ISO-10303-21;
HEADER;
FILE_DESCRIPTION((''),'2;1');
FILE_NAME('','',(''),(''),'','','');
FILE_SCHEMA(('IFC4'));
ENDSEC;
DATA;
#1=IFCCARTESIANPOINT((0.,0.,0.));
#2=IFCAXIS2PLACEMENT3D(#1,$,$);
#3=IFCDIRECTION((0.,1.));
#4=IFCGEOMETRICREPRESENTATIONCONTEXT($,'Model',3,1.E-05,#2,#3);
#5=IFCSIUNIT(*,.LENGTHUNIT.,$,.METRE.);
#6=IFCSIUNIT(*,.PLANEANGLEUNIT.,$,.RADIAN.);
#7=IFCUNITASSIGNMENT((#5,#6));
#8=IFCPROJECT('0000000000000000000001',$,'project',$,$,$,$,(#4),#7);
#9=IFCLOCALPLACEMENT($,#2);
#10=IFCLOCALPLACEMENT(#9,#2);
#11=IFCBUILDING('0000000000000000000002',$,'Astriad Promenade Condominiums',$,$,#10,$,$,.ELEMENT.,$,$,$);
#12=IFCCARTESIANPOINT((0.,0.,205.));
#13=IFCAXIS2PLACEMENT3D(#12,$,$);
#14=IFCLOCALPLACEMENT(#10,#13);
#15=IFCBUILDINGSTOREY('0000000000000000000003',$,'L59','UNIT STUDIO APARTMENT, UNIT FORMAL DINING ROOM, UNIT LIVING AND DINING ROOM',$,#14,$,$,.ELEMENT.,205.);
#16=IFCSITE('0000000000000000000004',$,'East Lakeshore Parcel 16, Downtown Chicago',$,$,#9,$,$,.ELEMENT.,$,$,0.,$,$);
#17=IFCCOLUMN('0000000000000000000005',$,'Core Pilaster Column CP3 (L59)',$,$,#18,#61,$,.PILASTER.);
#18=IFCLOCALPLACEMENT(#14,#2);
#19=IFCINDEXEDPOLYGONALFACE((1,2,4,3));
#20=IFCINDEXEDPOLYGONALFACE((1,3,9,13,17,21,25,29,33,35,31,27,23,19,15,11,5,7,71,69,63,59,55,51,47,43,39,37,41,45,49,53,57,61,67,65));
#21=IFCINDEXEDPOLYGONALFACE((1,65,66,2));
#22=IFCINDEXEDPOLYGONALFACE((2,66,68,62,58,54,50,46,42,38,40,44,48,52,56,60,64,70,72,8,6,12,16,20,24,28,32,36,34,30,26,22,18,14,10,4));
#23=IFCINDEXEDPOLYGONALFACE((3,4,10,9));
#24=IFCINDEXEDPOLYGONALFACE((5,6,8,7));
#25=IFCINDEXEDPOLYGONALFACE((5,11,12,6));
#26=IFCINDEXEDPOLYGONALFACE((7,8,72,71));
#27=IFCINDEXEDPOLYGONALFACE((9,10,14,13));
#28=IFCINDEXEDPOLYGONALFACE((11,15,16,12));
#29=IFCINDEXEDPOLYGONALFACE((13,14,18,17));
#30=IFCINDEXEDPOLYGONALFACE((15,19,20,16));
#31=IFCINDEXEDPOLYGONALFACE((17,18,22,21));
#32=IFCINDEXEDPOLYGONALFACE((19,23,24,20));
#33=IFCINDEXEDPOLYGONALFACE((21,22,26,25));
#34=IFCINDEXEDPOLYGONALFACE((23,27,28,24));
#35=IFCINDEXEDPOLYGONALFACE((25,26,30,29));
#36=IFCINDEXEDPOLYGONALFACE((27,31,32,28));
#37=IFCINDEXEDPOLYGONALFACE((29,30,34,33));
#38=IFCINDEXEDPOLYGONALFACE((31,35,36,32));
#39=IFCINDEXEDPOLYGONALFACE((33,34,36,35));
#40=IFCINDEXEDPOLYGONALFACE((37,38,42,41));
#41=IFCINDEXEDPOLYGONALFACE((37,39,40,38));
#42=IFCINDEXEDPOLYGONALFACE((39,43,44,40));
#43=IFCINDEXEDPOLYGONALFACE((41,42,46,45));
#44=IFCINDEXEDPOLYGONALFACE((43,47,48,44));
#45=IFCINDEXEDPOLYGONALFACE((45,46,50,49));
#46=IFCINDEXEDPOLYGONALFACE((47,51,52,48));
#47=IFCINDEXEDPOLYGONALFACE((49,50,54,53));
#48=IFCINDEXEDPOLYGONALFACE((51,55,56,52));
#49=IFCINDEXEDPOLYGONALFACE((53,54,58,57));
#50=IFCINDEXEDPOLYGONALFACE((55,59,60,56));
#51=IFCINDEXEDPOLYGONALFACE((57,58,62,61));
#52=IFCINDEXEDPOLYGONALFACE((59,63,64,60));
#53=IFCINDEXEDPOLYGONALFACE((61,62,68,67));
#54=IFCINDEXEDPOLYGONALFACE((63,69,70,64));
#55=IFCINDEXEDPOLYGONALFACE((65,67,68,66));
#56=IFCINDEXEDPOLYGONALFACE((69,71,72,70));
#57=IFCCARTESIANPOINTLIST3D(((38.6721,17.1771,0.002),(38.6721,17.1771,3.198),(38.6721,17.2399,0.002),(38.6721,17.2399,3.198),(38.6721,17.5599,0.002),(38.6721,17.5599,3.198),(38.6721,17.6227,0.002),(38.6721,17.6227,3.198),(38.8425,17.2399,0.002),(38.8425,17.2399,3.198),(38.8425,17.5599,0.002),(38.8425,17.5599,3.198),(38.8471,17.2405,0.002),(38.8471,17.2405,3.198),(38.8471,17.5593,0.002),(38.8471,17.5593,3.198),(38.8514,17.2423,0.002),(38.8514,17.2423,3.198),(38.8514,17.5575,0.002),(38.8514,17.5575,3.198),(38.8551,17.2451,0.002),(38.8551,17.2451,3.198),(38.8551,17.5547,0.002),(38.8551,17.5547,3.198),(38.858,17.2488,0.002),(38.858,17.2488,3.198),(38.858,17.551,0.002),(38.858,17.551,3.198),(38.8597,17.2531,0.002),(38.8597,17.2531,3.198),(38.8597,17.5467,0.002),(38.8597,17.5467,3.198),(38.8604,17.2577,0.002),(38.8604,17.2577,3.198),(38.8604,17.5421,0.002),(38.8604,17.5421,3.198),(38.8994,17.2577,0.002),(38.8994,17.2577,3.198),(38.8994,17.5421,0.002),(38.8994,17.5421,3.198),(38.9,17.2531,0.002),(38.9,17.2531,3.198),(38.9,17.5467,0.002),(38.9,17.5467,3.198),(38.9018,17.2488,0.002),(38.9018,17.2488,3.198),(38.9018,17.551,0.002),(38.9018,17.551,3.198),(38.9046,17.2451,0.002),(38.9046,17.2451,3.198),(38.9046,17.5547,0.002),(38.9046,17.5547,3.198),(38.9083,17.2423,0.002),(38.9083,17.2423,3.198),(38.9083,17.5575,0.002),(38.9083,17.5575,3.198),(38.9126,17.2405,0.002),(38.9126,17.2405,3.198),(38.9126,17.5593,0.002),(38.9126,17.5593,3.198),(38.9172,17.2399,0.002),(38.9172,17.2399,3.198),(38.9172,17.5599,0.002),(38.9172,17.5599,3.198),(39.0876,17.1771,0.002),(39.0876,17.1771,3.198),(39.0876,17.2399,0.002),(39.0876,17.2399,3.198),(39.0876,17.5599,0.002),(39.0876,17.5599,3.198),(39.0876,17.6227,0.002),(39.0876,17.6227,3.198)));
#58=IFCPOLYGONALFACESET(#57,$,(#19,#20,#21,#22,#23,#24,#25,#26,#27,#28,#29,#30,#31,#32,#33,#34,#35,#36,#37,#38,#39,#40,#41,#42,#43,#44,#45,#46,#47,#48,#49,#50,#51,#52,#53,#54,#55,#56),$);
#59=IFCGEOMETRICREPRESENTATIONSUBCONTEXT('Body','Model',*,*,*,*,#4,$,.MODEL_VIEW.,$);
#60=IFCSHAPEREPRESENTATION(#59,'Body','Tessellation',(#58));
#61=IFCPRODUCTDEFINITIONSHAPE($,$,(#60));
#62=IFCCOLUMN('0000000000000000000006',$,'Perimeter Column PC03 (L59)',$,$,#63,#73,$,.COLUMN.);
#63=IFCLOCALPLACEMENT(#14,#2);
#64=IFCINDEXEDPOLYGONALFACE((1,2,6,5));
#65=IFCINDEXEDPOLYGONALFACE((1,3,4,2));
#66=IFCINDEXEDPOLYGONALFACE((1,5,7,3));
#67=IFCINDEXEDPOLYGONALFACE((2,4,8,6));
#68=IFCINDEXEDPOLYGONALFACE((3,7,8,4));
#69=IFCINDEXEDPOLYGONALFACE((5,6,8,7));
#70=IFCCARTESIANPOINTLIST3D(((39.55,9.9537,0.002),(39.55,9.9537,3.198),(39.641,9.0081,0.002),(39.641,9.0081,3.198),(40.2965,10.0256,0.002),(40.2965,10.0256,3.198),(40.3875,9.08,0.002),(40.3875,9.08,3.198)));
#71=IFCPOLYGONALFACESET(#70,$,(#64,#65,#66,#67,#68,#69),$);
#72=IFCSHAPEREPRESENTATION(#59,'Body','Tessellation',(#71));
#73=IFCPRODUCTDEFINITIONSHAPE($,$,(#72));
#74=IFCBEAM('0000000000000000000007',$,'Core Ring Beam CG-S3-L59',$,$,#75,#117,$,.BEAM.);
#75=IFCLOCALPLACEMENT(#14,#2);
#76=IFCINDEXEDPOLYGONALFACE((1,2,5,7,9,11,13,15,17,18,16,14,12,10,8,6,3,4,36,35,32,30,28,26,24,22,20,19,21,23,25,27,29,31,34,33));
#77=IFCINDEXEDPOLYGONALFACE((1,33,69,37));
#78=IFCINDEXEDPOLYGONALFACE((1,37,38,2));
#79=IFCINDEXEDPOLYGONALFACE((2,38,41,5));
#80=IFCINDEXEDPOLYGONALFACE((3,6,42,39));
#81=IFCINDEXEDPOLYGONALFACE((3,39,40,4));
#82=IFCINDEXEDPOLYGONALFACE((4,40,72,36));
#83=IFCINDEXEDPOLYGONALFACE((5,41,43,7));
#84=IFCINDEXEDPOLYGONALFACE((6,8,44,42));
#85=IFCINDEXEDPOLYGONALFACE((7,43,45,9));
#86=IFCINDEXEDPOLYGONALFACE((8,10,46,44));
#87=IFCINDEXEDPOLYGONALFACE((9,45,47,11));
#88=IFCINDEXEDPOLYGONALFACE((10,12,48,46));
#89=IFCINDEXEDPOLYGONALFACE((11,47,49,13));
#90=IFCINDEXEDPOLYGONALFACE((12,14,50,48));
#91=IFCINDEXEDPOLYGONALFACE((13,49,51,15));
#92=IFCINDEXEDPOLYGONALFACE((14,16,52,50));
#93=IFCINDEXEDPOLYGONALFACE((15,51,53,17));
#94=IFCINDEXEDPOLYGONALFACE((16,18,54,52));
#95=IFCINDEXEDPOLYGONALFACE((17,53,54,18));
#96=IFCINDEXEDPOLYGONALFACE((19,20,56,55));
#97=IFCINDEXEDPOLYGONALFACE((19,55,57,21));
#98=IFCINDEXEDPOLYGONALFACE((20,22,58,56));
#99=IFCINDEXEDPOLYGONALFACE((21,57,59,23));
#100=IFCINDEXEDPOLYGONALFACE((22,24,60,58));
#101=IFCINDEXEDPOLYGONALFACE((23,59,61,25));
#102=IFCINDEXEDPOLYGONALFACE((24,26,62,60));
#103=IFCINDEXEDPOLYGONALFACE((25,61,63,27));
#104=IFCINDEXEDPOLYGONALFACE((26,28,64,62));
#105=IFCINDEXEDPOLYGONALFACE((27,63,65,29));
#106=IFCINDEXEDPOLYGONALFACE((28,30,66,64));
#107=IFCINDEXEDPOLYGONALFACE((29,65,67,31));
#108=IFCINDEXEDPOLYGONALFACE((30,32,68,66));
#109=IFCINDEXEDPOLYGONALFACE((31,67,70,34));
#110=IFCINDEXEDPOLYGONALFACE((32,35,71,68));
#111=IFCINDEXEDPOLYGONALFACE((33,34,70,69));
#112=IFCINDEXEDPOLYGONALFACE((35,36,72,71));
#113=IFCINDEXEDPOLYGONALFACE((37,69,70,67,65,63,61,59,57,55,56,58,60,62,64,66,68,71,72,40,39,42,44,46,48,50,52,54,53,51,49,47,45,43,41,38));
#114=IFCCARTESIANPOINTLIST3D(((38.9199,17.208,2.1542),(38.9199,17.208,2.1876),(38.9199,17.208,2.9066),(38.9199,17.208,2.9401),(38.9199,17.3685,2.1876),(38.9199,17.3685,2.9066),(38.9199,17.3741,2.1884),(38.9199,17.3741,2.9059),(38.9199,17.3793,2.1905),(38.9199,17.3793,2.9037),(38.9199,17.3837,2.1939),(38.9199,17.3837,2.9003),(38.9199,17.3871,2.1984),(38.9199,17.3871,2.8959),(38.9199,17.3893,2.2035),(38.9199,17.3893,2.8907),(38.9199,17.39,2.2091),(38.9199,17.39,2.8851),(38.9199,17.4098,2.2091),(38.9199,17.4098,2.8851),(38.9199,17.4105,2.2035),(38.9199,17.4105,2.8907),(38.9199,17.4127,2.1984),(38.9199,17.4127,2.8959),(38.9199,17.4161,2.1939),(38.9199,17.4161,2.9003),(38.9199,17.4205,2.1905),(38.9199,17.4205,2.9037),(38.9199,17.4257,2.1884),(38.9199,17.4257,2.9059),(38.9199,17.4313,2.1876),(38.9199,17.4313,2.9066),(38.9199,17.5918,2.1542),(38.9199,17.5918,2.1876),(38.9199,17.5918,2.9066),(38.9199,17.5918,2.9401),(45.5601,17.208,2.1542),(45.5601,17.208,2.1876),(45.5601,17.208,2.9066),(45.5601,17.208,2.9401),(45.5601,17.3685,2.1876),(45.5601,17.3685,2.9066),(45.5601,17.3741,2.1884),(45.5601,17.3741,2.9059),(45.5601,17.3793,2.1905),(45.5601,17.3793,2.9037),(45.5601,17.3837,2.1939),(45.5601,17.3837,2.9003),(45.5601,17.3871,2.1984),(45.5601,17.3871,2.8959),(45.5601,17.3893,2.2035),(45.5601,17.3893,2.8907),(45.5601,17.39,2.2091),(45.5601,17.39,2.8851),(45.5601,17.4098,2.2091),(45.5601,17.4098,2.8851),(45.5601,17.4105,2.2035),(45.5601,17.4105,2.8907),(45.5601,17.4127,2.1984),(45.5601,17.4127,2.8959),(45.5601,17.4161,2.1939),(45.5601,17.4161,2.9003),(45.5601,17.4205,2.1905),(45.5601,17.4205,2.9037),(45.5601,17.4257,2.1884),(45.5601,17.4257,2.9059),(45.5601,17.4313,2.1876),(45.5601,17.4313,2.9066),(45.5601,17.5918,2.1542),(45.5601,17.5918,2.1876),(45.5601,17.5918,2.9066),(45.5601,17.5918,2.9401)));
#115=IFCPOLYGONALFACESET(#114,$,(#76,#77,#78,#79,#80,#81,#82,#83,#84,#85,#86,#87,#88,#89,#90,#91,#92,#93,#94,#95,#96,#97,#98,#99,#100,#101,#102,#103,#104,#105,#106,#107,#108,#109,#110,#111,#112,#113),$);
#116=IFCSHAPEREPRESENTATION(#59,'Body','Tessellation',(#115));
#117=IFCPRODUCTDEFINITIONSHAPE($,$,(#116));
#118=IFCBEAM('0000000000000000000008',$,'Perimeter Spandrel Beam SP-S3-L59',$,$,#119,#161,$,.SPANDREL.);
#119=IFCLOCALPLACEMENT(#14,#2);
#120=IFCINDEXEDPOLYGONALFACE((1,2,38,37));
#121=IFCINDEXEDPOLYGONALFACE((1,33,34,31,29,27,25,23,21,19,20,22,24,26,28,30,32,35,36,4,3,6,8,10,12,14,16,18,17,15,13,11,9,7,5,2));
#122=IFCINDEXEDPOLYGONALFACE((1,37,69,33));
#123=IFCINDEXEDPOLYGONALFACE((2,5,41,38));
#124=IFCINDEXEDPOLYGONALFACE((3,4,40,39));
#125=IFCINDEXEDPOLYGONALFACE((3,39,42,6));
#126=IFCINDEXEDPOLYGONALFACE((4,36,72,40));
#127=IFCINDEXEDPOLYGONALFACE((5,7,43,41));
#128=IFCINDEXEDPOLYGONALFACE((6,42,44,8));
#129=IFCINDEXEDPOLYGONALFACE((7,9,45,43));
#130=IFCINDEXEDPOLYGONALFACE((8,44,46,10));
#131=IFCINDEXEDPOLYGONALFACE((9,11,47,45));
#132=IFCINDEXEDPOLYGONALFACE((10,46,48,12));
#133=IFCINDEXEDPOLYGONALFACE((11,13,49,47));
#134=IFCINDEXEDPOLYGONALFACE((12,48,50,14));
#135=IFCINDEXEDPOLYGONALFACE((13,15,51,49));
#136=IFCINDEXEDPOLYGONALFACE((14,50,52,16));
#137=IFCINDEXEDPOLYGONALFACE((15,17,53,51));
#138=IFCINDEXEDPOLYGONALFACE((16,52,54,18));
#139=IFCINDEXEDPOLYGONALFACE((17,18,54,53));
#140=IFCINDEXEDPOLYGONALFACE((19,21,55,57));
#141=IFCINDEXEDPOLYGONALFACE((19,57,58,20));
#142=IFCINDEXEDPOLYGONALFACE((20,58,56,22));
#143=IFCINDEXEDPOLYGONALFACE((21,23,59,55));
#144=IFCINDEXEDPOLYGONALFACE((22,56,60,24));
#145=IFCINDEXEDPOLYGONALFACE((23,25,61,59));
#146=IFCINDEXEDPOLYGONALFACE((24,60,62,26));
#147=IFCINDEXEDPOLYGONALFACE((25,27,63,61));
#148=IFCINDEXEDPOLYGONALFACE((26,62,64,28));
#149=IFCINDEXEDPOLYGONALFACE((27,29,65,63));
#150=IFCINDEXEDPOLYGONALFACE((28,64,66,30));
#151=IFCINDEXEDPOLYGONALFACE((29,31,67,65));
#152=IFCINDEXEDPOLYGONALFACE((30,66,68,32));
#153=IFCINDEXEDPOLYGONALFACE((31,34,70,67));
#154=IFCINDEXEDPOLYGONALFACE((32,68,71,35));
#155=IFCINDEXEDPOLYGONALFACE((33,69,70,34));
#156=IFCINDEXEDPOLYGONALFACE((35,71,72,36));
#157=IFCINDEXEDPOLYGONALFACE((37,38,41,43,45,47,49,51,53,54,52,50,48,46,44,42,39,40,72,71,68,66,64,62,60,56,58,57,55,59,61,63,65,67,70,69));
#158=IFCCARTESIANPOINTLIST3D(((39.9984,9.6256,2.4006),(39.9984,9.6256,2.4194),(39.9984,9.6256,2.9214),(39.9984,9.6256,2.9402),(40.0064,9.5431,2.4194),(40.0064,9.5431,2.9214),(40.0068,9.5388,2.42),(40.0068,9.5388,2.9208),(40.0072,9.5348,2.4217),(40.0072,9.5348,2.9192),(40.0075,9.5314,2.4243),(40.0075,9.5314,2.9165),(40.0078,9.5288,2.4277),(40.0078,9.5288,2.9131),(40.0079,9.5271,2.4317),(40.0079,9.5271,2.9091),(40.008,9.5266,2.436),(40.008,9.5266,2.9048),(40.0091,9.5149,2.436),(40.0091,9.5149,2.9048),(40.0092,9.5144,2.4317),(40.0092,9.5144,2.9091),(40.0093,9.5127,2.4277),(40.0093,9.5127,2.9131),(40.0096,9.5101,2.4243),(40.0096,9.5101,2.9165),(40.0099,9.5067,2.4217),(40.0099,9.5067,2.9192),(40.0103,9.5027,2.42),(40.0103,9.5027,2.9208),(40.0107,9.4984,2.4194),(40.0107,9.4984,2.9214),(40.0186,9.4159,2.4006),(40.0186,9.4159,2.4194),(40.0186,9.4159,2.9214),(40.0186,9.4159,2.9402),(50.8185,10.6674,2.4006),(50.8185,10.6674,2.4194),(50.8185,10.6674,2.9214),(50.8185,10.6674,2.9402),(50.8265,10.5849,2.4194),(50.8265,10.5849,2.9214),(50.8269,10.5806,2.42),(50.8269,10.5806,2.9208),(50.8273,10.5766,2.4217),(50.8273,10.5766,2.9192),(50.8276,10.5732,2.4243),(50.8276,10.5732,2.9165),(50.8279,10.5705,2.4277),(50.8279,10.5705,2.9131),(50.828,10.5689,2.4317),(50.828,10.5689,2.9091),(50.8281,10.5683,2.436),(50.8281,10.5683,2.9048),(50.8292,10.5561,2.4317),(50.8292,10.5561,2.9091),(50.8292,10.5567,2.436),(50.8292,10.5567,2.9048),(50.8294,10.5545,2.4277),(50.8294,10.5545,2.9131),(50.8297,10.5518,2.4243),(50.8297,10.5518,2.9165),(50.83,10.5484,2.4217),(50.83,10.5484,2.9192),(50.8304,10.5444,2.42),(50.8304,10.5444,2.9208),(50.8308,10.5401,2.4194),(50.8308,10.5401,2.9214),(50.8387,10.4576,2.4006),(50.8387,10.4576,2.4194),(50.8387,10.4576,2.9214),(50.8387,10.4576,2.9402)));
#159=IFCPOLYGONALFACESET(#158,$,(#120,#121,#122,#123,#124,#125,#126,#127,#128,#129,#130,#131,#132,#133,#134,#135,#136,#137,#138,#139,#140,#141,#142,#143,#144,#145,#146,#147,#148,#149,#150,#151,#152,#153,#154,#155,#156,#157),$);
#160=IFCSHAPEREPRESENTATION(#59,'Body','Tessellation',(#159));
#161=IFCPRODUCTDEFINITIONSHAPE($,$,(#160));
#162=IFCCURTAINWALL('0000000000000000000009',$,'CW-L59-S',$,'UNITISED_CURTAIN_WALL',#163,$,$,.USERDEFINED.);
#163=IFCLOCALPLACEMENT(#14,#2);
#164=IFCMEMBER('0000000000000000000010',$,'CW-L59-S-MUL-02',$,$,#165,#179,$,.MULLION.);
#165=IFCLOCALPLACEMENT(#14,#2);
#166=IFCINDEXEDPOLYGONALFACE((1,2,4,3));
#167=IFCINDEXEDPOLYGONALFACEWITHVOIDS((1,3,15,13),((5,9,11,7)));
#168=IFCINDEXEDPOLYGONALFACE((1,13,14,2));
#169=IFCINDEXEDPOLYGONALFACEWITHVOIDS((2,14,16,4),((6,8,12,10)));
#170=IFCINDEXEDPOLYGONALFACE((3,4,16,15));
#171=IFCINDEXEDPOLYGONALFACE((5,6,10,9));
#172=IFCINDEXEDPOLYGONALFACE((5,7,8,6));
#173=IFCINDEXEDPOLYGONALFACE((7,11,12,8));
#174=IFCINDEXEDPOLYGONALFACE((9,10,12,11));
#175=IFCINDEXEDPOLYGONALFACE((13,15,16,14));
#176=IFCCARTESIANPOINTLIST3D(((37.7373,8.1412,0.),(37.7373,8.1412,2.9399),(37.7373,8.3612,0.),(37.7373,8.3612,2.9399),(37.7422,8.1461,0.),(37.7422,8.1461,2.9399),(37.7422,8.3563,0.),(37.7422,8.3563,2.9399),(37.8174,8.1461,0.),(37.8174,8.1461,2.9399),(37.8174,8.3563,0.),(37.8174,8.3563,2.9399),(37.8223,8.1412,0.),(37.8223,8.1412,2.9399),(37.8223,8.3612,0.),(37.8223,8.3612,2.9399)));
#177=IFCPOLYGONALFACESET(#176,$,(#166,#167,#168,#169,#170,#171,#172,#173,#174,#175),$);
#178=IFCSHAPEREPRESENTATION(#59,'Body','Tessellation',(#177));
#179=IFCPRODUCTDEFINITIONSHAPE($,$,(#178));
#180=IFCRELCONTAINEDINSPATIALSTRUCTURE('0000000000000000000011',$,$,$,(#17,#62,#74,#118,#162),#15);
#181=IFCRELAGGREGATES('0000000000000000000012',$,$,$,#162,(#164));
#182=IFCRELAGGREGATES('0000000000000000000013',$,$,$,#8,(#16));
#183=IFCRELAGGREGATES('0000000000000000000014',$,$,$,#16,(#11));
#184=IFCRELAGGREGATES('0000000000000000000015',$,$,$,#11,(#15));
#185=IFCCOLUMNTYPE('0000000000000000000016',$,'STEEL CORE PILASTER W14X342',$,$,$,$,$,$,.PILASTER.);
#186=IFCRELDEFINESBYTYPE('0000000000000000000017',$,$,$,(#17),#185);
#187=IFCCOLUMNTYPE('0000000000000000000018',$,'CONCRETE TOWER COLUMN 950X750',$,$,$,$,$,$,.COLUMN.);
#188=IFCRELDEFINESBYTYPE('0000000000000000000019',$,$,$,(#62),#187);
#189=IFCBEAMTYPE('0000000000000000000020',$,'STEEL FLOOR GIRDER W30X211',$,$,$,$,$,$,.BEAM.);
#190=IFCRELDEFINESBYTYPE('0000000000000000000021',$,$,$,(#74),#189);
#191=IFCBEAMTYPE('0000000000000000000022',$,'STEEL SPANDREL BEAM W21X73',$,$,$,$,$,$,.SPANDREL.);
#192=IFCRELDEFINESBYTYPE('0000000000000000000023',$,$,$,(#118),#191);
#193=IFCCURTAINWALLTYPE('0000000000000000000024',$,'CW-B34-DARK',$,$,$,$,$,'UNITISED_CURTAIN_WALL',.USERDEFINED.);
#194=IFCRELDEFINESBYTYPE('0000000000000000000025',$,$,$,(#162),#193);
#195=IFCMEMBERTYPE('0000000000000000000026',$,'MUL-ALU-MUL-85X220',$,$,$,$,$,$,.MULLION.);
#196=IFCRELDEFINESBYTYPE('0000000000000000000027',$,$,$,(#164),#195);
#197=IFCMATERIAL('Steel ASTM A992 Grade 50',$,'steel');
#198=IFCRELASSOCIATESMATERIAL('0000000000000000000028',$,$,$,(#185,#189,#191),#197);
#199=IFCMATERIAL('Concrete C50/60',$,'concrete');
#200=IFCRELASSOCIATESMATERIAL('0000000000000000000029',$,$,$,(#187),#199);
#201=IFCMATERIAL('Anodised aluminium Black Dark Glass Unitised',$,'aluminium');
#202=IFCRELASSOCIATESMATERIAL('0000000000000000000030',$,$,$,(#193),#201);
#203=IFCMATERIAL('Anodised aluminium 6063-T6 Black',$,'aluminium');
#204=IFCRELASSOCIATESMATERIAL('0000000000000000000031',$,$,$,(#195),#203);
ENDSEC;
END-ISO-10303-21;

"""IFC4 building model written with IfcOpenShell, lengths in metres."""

from ifc_helpers import new_model, si_unit, direction, frame, origin, origin_2d, place, context, subcontext, project, spatial, rectangle, hollow_rectangle, i_section, extrude, source, transform, mapped, material, material_profile, profile_set, type_object, type_shapes, element, aggregate, save


model = new_model("IFC4")

# Units and contexts
model_context = context("Model", 3, precision=1e-05, world=origin(), true_north=direction((0.0, 1.0)))
body_context = subcontext(model_context, "Body", "Model", "MODEL_VIEW")
ifc_project = project(units=[si_unit("LENGTHUNIT", "METRE"), si_unit("PLANEANGLEUNIT", "RADIAN")], contexts=[model_context])

# Site, building, storey
site_placement = place(None, origin())
site = spatial("IfcSite", under=ifc_project, at=site_placement, Name="East Lakeshore Parcel 16, Downtown Chicago", CompositionType="ELEMENT", RefElevation=0.0)
building_placement = place(site_placement, origin())
building = spatial("IfcBuilding", under=site, at=building_placement, Name="Astriad Promenade Condominiums", CompositionType="ELEMENT")
storey_placement = place(building_placement, frame((0.0, 0.0, 205.0)))
storey = spatial("IfcBuildingStorey", under=building, at=storey_placement, Name="L59", Description="UNIT STUDIO APARTMENT, UNIT FORMAL DINING ROOM, UNIT LIVING AND DINING ROOM", CompositionType="ELEMENT", Elevation=205.0)

# Columns
ifc_material_1 = material(Name="Steel ASTM A992 Grade 50", Category="steel")
ifc_material_profile_1 = material_profile(ifc_material_1, i_section(OverallWidth=0.4155, OverallDepth=0.4456, WebThickness=0.0391, FlangeThickness=0.0627, FilletRadius=0.0178, at=origin_2d()), Name="W14X342")
ifc_profile_set_1 = profile_set([ifc_material_profile_1], Name="Steel ASTM A992 Grade 50")
column_type_1 = type_object("IfcColumnType", Name="STEEL CORE PILASTER W14X342", PredefinedType="PILASTER", material=ifc_profile_set_1)
shared_shape_1 = source(origin(), body_context, "Body", "SweptSolid", [
    extrude(i_section(OverallWidth=0.4155, OverallDepth=0.4456, WebThickness=0.0391, FlangeThickness=0.0627, FilletRadius=0.0178, at=origin_2d()), origin(), (0.0, 0.0, 1.0), 3.196),
])
type_shapes(column_type_1, [shared_shape_1])
column_1_placement = place(storey_placement, frame((38.8799, 17.3999, 0.002), z_axis=(0.0, 0.0, 1.0), x_axis=(1.0, 0.0, 0.0)))
element("IfcColumn", 1, at=column_1_placement, inside=storey, type_object=column_type_1, Name="Core Pilaster Column CP3 (L59)", PredefinedType="PILASTER", context=body_context, shape_type="MappedRepresentation", body=[
    mapped(shared_shape_1, transform((0.0, 0.0, 0.0), scale=1.0)),
])
ifc_material_2 = material(Name="Concrete C50/60", Category="concrete")
ifc_material_profile_2 = material_profile(ifc_material_2, rectangle(XDim=0.75, YDim=0.95, at=origin_2d()), Name="RC-COL-950X750")
ifc_profile_set_2 = profile_set([ifc_material_profile_2], Name="Concrete C50/60")
column_type_2 = type_object("IfcColumnType", Name="CONCRETE TOWER COLUMN 950X750", PredefinedType="COLUMN", material=ifc_profile_set_2)
shared_shape_2 = source(origin(), body_context, "Body", "SweptSolid", [
    extrude(rectangle(XDim=0.75, YDim=0.95, at=origin_2d()), origin(), (0.0, 0.0, 1.0), 3.196),
])
type_shapes(column_type_2, [shared_shape_2])
column_2_placement = place(storey_placement, frame((39.9688, 9.5168, 0.002), z_axis=(0.0, 0.0, 1.0), x_axis=(0.995396, 0.095846, 0.0)))
element("IfcColumn", 2, at=column_2_placement, inside=storey, type_object=column_type_2, Name="Perimeter Column PC03 (L59)", PredefinedType="COLUMN", context=body_context, shape_type="MappedRepresentation", body=[
    mapped(shared_shape_2, transform((0.0, 0.0, 0.0), scale=1.0)),
])

# Beams
ifc_material_profile_3 = material_profile(ifc_material_1, i_section(OverallWidth=0.3838, OverallDepth=0.7859, WebThickness=0.0198, FlangeThickness=0.0334, FilletRadius=0.0215, at=origin_2d()), Name="W30X211")
ifc_profile_set_3 = profile_set([ifc_material_profile_3], Name="Steel ASTM A992 Grade 50")
beam_type_1 = type_object("IfcBeamType", Name="STEEL FLOOR GIRDER W30X211", PredefinedType="BEAM", material=ifc_profile_set_3)
shared_shape_3 = source(origin(), body_context, "Body", "SweptSolid", [
    extrude(i_section(OverallWidth=0.3838, OverallDepth=0.7859, WebThickness=0.0198, FlangeThickness=0.0334, FilletRadius=0.0215, at=origin_2d()), origin(), (0.0, 0.0, 1.0), 6.6401),
])
type_shapes(beam_type_1, [shared_shape_3])
beam_1_placement = place(storey_placement, frame((38.9199, 17.3999, 2.5471), z_axis=(1.0, 0.0, 0.0), x_axis=(0.0, 1.0, 0.0)))
element("IfcBeam", 3, at=beam_1_placement, inside=storey, type_object=beam_type_1, Name="Core Ring Beam CG-S3-L59", PredefinedType="BEAM", context=body_context, shape_type="MappedRepresentation", body=[
    mapped(shared_shape_3, transform((0.0, 0.0, 0.0), scale=1.0)),
])
ifc_material_profile_4 = material_profile(ifc_material_1, i_section(OverallWidth=0.2107, OverallDepth=0.5396, WebThickness=0.0117, FlangeThickness=0.0188, FilletRadius=0.0166, at=origin_2d()), Name="W21X73")
ifc_profile_set_4 = profile_set([ifc_material_profile_4], Name="Steel ASTM A992 Grade 50")
beam_type_2 = type_object("IfcBeamType", Name="STEEL SPANDREL BEAM W21X73", PredefinedType="SPANDREL", material=ifc_profile_set_4)
shared_shape_4 = source(origin(), body_context, "Body", "SweptSolid", [
    extrude(i_section(OverallWidth=0.2107, OverallDepth=0.5396, WebThickness=0.0117, FlangeThickness=0.0188, FilletRadius=0.0166, at=origin_2d()), origin(), (0.0, 0.0, 1.0), 10.8701),
])
type_shapes(beam_type_2, [shared_shape_4])
beam_2_placement = place(storey_placement, frame((40.0085, 9.5208, 2.6704), z_axis=(0.995397, 0.095836, 0.0), x_axis=(-0.095836, 0.995397, 0.0)))
element("IfcBeam", 4, at=beam_2_placement, inside=storey, type_object=beam_type_2, Name="Perimeter Spandrel Beam SP-S3-L59", PredefinedType="SPANDREL", context=body_context, shape_type="MappedRepresentation", body=[
    mapped(shared_shape_4, transform((0.0, 0.0, 0.0), scale=1.0)),
])

# Curtain wall, member
ifc_material_3 = material(Name="Anodised aluminium Black Dark Glass Unitised", Category="aluminium")
curtain_wall_type = type_object("IfcCurtainWallType", Name="CW-B34-DARK", ElementType="UNITISED_CURTAIN_WALL", PredefinedType="USERDEFINED", material=ifc_material_3)
curtain_wall_placement = place(storey_placement, origin())
curtain_wall = element("IfcCurtainWall", 5, at=curtain_wall_placement, inside=storey, type_object=curtain_wall_type, Name="CW-L59-S", ObjectType="UNITISED_CURTAIN_WALL", PredefinedType="USERDEFINED")
ifc_material_4 = material(Name="Anodised aluminium 6063-T6 Black", Category="aluminium")
ifc_material_profile_5 = material_profile(ifc_material_4, hollow_rectangle(XDim=0.085, YDim=0.22, WallThickness=0.0049, at=origin_2d()), Name="ALU-MUL-85X220")
ifc_profile_set_5 = profile_set([ifc_material_profile_5], Name="Anodised aluminium 6063-T6 Black")
member_type_1 = type_object("IfcMemberType", Name="MUL-ALU-MUL-85X220", PredefinedType="MULLION", material=ifc_profile_set_5)
shared_shape_5 = source(origin(), body_context, "Body", "SweptSolid", [
    extrude(hollow_rectangle(XDim=0.085, YDim=0.22, WallThickness=0.0049, at=origin_2d()), origin(), (0.0, 0.0, 1.0), 2.9399),
])
type_shapes(member_type_1, [shared_shape_5])
member_1_placement = place(storey_placement, frame((37.7798, 8.2512, 0.0), z_axis=(0.0, 0.0, 1.0), x_axis=(1.0, 0.0, 0.0)))
member_1 = element("IfcMember", 6, at=member_1_placement, type_object=member_type_1, Name="CW-L59-S-MUL-02", PredefinedType="MULLION", context=body_context, shape_type="MappedRepresentation", body=[
    mapped(shared_shape_5, transform((0.0, 0.0, 0.0), scale=1.0)),
])
aggregate(curtain_wall, [member_1])

save(model, "model.ifc")
